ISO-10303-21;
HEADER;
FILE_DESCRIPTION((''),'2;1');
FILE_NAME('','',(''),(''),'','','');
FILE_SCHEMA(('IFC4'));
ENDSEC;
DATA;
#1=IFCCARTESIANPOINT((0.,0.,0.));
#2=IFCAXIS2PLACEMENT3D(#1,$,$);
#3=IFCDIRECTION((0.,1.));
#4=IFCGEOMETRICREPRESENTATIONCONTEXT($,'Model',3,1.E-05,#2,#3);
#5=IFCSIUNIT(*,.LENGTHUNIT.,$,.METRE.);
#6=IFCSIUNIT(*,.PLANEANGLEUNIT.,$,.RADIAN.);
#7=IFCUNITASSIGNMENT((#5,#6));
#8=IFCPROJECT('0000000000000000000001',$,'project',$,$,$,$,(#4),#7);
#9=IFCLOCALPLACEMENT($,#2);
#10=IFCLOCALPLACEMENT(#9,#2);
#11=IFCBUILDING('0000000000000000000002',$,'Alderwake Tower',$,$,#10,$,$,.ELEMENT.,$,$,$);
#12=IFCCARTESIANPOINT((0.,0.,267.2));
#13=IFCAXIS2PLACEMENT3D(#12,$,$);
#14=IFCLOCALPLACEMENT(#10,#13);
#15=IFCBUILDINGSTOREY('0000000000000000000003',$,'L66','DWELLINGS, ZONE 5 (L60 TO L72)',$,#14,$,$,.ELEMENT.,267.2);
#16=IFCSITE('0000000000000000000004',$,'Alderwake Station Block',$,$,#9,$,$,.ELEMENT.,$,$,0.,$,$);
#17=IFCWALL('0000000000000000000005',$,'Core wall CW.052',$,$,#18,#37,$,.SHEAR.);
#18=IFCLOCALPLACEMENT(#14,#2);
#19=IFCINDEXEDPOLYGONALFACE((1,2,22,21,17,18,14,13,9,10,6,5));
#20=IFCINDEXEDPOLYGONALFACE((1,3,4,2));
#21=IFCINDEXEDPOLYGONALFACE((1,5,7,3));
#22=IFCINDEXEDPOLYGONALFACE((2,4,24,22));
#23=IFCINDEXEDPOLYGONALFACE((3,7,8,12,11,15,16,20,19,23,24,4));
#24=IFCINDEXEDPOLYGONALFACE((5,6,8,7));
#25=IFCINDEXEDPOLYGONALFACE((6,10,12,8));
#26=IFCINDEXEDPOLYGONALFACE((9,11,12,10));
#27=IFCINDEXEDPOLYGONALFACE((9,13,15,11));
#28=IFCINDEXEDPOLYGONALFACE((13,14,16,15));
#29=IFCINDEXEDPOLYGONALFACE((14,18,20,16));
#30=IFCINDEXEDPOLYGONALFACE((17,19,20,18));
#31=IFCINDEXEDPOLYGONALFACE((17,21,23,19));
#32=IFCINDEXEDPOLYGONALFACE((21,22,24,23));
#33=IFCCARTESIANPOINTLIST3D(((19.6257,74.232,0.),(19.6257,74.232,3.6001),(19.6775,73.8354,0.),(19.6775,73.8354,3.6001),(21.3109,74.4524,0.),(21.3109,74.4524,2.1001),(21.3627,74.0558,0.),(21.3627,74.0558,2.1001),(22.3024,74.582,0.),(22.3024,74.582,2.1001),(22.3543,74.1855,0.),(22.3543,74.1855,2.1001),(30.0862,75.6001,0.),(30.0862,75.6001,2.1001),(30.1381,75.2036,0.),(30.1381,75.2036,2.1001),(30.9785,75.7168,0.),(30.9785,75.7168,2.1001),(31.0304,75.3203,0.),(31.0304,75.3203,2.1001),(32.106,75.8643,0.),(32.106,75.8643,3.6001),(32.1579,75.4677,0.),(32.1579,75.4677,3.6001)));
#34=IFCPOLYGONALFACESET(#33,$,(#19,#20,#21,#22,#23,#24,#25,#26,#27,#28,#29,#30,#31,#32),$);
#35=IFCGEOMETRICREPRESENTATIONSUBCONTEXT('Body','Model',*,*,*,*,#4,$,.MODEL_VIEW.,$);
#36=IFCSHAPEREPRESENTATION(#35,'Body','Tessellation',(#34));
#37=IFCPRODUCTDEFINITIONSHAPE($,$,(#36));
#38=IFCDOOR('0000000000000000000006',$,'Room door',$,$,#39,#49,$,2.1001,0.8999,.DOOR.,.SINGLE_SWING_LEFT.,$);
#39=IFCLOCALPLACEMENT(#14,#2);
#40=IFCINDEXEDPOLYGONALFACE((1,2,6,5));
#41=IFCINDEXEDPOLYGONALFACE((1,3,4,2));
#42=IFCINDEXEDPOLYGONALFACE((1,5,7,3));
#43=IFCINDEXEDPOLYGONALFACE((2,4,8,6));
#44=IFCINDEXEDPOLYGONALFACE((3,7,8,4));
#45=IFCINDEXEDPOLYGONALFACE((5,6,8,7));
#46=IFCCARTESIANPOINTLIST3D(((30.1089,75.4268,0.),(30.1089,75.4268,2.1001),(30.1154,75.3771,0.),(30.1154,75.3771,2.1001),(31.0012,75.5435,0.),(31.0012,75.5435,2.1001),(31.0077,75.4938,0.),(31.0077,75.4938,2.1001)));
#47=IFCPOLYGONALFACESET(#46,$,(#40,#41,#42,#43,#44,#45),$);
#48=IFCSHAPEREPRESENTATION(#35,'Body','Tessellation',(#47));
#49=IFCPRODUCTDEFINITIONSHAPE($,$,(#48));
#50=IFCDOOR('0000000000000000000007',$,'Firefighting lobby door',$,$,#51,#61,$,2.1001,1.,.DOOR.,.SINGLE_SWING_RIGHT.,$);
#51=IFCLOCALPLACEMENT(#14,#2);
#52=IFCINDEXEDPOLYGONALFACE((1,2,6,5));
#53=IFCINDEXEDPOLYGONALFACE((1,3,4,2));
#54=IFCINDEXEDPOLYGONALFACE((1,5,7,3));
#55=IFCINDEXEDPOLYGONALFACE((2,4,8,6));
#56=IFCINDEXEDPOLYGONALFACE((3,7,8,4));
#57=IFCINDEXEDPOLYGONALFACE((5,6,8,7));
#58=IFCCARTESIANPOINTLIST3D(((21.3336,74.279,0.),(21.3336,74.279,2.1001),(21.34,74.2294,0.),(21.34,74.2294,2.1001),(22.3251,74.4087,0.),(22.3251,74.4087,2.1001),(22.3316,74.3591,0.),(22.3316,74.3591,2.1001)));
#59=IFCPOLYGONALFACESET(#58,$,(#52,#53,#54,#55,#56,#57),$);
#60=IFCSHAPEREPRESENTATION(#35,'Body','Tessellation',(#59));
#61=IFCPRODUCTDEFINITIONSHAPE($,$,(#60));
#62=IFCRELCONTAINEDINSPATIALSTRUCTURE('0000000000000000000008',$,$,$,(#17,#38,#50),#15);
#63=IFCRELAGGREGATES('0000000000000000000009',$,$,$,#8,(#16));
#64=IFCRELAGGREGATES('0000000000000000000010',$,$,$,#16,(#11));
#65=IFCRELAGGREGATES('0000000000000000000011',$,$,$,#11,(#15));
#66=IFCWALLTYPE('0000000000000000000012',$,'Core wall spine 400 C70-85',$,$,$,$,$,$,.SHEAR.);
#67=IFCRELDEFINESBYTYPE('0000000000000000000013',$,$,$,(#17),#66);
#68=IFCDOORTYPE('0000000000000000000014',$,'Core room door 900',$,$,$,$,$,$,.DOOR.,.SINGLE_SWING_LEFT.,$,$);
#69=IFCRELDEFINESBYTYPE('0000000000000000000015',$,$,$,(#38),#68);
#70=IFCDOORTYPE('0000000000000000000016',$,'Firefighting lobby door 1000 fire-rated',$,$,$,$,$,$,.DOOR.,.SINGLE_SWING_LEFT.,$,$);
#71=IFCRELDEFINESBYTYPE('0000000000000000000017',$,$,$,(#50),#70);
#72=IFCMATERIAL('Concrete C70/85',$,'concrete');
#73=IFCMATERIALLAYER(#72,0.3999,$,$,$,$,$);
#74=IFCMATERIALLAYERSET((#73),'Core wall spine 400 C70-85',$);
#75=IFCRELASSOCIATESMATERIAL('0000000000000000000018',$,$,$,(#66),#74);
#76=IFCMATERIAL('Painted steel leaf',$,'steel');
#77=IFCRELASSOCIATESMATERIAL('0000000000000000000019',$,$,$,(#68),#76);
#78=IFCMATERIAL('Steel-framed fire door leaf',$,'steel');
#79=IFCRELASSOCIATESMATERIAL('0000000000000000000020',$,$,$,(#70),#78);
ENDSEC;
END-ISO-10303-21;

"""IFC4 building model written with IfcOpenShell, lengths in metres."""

from ifc_helpers import new_model, si_unit, direction, frame, frame_2d, origin, place, context, subcontext, project, spatial, rectangle, extrude, material, layer, layer_set, type_object, element, fill, save


model = new_model("IFC4")

# Units and contexts
model_context = context("Model", 3, precision=1e-05, world=origin(), true_north=direction((0.0, 1.0)))
body_context = subcontext(model_context, "Body", "Model", "MODEL_VIEW")
ifc_project = project(units=[si_unit("LENGTHUNIT", "METRE"), si_unit("PLANEANGLEUNIT", "RADIAN")], contexts=[model_context])

# Site, building, storey
site_placement = place(None, origin())
site = spatial("IfcSite", under=ifc_project, at=site_placement, Name="Alderwake Station Block", CompositionType="ELEMENT", RefElevation=0.0)
building_placement = place(site_placement, origin())
building = spatial("IfcBuilding", under=site, at=building_placement, Name="Alderwake Tower", CompositionType="ELEMENT")
storey_placement = place(building_placement, frame((0.0, 0.0, 267.2)))
storey = spatial("IfcBuildingStorey", under=building, at=storey_placement, Name="L66", Description="DWELLINGS, ZONE 5 (L60 TO L72)", CompositionType="ELEMENT", Elevation=267.2)

# Shared definitions
ifc_material_1 = material(Name="Concrete C70/85", Category="concrete")
ifc_layer_1 = layer(ifc_material_1, 0.3999)
ifc_layer_set_1 = layer_set([ifc_layer_1], Name="Core wall spine 400 C70-85")
wall_type_1 = type_object("IfcWallType", Name="Core wall spine 400 C70-85", PredefinedType="SHEAR", material=ifc_layer_set_1)

# Wall, openings, doors
wall_1_placement = place(storey_placement, frame((32.1321, 75.666, 0.0), z_axis=(0.0, 0.0, 1.0), x_axis=(-0.991555, -0.129686, 0.0)))
wall_1 = element("IfcWall", 1, at=wall_1_placement, inside=storey, type_object=wall_type_1, Name="Core wall CW.052", PredefinedType="SHEAR", context=body_context, shape_type="SweptSolid", body=[
    extrude(rectangle(XDim=12.5867, YDim=0.3999, at=frame_2d((6.2935, 0.0))), origin(), (0.0, 0.0, 1.0), 3.6001),
])
opening_1_placement = place(wall_1_placement, frame((9.8872, 0.0, 0.0)))
opening_1 = element("IfcOpeningElement", 2, at=opening_1_placement, cuts=wall_1, PredefinedType="OPENING", context=body_context, shape_type="SweptSolid", body=[
    extrude(rectangle(XDim=1.0, YDim=2.1001, at=frame_2d((0.5, 1.05))), frame((0.0, 0.21, 0.0), z_axis=(0.0, -1.0, 0.0), x_axis=(1.0, 0.0, 0.0)), (0.0, 0.0, 1.0), 0.4199),
])
opening_2_placement = place(wall_1_placement, frame((1.1372, 0.0, 0.0)))
opening_2 = element("IfcOpeningElement", 3, at=opening_2_placement, cuts=wall_1, PredefinedType="OPENING", context=body_context, shape_type="SweptSolid", body=[
    extrude(rectangle(XDim=0.8999, YDim=2.1001, at=frame_2d((0.45, 1.05))), frame((0.0, 0.21, 0.0), z_axis=(0.0, -1.0, 0.0), x_axis=(1.0, 0.0, 0.0)), (0.0, 0.0, 1.0), 0.4199),
])
ifc_material_2 = material(Name="Painted steel leaf", Category="steel")
door_type_1 = type_object("IfcDoorType", Name="Core room door 900", OperationType="SINGLE_SWING_LEFT", PredefinedType="DOOR", material=ifc_material_2)
door_1_placement = place(opening_2_placement, origin())
door_1 = element("IfcDoor", 4, at=door_1_placement, inside=storey, type_object=door_type_1, Name="Room door", OperationType="SINGLE_SWING_LEFT", OverallHeight=2.1001, OverallWidth=0.8999, PredefinedType="DOOR", context=body_context, shape_type="SweptSolid", body=[
    extrude(rectangle(XDim=0.8999, YDim=2.1001, at=frame_2d((0.45, 1.05))), frame((0.0, 0.0249, 0.0), z_axis=(0.0, -1.0, 0.0), x_axis=(1.0, 0.0, 0.0)), (0.0, 0.0, 1.0), 0.05),
])
fill(opening_2, door_1)
ifc_material_3 = material(Name="Steel-framed fire door leaf", Category="steel")
door_type_2 = type_object("IfcDoorType", Name="Firefighting lobby door 1000 fire-rated", OperationType="SINGLE_SWING_LEFT", PredefinedType="DOOR", material=ifc_material_3)
door_2_placement = place(opening_1_placement, origin())
door_2 = element("IfcDoor", 5, at=door_2_placement, inside=storey, type_object=door_type_2, Name="Firefighting lobby door", OperationType="SINGLE_SWING_RIGHT", OverallHeight=2.1001, OverallWidth=1.0, PredefinedType="DOOR", context=body_context, shape_type="SweptSolid", body=[
    extrude(rectangle(XDim=1.0, YDim=2.1001, at=frame_2d((0.5, 1.05))), frame((0.0, 0.0249, 0.0), z_axis=(0.0, -1.0, 0.0), x_axis=(1.0, 0.0, 0.0)), (0.0, 0.0, 1.0), 0.05),
])
fill(opening_1, door_2)

save(model, "model.ifc")
